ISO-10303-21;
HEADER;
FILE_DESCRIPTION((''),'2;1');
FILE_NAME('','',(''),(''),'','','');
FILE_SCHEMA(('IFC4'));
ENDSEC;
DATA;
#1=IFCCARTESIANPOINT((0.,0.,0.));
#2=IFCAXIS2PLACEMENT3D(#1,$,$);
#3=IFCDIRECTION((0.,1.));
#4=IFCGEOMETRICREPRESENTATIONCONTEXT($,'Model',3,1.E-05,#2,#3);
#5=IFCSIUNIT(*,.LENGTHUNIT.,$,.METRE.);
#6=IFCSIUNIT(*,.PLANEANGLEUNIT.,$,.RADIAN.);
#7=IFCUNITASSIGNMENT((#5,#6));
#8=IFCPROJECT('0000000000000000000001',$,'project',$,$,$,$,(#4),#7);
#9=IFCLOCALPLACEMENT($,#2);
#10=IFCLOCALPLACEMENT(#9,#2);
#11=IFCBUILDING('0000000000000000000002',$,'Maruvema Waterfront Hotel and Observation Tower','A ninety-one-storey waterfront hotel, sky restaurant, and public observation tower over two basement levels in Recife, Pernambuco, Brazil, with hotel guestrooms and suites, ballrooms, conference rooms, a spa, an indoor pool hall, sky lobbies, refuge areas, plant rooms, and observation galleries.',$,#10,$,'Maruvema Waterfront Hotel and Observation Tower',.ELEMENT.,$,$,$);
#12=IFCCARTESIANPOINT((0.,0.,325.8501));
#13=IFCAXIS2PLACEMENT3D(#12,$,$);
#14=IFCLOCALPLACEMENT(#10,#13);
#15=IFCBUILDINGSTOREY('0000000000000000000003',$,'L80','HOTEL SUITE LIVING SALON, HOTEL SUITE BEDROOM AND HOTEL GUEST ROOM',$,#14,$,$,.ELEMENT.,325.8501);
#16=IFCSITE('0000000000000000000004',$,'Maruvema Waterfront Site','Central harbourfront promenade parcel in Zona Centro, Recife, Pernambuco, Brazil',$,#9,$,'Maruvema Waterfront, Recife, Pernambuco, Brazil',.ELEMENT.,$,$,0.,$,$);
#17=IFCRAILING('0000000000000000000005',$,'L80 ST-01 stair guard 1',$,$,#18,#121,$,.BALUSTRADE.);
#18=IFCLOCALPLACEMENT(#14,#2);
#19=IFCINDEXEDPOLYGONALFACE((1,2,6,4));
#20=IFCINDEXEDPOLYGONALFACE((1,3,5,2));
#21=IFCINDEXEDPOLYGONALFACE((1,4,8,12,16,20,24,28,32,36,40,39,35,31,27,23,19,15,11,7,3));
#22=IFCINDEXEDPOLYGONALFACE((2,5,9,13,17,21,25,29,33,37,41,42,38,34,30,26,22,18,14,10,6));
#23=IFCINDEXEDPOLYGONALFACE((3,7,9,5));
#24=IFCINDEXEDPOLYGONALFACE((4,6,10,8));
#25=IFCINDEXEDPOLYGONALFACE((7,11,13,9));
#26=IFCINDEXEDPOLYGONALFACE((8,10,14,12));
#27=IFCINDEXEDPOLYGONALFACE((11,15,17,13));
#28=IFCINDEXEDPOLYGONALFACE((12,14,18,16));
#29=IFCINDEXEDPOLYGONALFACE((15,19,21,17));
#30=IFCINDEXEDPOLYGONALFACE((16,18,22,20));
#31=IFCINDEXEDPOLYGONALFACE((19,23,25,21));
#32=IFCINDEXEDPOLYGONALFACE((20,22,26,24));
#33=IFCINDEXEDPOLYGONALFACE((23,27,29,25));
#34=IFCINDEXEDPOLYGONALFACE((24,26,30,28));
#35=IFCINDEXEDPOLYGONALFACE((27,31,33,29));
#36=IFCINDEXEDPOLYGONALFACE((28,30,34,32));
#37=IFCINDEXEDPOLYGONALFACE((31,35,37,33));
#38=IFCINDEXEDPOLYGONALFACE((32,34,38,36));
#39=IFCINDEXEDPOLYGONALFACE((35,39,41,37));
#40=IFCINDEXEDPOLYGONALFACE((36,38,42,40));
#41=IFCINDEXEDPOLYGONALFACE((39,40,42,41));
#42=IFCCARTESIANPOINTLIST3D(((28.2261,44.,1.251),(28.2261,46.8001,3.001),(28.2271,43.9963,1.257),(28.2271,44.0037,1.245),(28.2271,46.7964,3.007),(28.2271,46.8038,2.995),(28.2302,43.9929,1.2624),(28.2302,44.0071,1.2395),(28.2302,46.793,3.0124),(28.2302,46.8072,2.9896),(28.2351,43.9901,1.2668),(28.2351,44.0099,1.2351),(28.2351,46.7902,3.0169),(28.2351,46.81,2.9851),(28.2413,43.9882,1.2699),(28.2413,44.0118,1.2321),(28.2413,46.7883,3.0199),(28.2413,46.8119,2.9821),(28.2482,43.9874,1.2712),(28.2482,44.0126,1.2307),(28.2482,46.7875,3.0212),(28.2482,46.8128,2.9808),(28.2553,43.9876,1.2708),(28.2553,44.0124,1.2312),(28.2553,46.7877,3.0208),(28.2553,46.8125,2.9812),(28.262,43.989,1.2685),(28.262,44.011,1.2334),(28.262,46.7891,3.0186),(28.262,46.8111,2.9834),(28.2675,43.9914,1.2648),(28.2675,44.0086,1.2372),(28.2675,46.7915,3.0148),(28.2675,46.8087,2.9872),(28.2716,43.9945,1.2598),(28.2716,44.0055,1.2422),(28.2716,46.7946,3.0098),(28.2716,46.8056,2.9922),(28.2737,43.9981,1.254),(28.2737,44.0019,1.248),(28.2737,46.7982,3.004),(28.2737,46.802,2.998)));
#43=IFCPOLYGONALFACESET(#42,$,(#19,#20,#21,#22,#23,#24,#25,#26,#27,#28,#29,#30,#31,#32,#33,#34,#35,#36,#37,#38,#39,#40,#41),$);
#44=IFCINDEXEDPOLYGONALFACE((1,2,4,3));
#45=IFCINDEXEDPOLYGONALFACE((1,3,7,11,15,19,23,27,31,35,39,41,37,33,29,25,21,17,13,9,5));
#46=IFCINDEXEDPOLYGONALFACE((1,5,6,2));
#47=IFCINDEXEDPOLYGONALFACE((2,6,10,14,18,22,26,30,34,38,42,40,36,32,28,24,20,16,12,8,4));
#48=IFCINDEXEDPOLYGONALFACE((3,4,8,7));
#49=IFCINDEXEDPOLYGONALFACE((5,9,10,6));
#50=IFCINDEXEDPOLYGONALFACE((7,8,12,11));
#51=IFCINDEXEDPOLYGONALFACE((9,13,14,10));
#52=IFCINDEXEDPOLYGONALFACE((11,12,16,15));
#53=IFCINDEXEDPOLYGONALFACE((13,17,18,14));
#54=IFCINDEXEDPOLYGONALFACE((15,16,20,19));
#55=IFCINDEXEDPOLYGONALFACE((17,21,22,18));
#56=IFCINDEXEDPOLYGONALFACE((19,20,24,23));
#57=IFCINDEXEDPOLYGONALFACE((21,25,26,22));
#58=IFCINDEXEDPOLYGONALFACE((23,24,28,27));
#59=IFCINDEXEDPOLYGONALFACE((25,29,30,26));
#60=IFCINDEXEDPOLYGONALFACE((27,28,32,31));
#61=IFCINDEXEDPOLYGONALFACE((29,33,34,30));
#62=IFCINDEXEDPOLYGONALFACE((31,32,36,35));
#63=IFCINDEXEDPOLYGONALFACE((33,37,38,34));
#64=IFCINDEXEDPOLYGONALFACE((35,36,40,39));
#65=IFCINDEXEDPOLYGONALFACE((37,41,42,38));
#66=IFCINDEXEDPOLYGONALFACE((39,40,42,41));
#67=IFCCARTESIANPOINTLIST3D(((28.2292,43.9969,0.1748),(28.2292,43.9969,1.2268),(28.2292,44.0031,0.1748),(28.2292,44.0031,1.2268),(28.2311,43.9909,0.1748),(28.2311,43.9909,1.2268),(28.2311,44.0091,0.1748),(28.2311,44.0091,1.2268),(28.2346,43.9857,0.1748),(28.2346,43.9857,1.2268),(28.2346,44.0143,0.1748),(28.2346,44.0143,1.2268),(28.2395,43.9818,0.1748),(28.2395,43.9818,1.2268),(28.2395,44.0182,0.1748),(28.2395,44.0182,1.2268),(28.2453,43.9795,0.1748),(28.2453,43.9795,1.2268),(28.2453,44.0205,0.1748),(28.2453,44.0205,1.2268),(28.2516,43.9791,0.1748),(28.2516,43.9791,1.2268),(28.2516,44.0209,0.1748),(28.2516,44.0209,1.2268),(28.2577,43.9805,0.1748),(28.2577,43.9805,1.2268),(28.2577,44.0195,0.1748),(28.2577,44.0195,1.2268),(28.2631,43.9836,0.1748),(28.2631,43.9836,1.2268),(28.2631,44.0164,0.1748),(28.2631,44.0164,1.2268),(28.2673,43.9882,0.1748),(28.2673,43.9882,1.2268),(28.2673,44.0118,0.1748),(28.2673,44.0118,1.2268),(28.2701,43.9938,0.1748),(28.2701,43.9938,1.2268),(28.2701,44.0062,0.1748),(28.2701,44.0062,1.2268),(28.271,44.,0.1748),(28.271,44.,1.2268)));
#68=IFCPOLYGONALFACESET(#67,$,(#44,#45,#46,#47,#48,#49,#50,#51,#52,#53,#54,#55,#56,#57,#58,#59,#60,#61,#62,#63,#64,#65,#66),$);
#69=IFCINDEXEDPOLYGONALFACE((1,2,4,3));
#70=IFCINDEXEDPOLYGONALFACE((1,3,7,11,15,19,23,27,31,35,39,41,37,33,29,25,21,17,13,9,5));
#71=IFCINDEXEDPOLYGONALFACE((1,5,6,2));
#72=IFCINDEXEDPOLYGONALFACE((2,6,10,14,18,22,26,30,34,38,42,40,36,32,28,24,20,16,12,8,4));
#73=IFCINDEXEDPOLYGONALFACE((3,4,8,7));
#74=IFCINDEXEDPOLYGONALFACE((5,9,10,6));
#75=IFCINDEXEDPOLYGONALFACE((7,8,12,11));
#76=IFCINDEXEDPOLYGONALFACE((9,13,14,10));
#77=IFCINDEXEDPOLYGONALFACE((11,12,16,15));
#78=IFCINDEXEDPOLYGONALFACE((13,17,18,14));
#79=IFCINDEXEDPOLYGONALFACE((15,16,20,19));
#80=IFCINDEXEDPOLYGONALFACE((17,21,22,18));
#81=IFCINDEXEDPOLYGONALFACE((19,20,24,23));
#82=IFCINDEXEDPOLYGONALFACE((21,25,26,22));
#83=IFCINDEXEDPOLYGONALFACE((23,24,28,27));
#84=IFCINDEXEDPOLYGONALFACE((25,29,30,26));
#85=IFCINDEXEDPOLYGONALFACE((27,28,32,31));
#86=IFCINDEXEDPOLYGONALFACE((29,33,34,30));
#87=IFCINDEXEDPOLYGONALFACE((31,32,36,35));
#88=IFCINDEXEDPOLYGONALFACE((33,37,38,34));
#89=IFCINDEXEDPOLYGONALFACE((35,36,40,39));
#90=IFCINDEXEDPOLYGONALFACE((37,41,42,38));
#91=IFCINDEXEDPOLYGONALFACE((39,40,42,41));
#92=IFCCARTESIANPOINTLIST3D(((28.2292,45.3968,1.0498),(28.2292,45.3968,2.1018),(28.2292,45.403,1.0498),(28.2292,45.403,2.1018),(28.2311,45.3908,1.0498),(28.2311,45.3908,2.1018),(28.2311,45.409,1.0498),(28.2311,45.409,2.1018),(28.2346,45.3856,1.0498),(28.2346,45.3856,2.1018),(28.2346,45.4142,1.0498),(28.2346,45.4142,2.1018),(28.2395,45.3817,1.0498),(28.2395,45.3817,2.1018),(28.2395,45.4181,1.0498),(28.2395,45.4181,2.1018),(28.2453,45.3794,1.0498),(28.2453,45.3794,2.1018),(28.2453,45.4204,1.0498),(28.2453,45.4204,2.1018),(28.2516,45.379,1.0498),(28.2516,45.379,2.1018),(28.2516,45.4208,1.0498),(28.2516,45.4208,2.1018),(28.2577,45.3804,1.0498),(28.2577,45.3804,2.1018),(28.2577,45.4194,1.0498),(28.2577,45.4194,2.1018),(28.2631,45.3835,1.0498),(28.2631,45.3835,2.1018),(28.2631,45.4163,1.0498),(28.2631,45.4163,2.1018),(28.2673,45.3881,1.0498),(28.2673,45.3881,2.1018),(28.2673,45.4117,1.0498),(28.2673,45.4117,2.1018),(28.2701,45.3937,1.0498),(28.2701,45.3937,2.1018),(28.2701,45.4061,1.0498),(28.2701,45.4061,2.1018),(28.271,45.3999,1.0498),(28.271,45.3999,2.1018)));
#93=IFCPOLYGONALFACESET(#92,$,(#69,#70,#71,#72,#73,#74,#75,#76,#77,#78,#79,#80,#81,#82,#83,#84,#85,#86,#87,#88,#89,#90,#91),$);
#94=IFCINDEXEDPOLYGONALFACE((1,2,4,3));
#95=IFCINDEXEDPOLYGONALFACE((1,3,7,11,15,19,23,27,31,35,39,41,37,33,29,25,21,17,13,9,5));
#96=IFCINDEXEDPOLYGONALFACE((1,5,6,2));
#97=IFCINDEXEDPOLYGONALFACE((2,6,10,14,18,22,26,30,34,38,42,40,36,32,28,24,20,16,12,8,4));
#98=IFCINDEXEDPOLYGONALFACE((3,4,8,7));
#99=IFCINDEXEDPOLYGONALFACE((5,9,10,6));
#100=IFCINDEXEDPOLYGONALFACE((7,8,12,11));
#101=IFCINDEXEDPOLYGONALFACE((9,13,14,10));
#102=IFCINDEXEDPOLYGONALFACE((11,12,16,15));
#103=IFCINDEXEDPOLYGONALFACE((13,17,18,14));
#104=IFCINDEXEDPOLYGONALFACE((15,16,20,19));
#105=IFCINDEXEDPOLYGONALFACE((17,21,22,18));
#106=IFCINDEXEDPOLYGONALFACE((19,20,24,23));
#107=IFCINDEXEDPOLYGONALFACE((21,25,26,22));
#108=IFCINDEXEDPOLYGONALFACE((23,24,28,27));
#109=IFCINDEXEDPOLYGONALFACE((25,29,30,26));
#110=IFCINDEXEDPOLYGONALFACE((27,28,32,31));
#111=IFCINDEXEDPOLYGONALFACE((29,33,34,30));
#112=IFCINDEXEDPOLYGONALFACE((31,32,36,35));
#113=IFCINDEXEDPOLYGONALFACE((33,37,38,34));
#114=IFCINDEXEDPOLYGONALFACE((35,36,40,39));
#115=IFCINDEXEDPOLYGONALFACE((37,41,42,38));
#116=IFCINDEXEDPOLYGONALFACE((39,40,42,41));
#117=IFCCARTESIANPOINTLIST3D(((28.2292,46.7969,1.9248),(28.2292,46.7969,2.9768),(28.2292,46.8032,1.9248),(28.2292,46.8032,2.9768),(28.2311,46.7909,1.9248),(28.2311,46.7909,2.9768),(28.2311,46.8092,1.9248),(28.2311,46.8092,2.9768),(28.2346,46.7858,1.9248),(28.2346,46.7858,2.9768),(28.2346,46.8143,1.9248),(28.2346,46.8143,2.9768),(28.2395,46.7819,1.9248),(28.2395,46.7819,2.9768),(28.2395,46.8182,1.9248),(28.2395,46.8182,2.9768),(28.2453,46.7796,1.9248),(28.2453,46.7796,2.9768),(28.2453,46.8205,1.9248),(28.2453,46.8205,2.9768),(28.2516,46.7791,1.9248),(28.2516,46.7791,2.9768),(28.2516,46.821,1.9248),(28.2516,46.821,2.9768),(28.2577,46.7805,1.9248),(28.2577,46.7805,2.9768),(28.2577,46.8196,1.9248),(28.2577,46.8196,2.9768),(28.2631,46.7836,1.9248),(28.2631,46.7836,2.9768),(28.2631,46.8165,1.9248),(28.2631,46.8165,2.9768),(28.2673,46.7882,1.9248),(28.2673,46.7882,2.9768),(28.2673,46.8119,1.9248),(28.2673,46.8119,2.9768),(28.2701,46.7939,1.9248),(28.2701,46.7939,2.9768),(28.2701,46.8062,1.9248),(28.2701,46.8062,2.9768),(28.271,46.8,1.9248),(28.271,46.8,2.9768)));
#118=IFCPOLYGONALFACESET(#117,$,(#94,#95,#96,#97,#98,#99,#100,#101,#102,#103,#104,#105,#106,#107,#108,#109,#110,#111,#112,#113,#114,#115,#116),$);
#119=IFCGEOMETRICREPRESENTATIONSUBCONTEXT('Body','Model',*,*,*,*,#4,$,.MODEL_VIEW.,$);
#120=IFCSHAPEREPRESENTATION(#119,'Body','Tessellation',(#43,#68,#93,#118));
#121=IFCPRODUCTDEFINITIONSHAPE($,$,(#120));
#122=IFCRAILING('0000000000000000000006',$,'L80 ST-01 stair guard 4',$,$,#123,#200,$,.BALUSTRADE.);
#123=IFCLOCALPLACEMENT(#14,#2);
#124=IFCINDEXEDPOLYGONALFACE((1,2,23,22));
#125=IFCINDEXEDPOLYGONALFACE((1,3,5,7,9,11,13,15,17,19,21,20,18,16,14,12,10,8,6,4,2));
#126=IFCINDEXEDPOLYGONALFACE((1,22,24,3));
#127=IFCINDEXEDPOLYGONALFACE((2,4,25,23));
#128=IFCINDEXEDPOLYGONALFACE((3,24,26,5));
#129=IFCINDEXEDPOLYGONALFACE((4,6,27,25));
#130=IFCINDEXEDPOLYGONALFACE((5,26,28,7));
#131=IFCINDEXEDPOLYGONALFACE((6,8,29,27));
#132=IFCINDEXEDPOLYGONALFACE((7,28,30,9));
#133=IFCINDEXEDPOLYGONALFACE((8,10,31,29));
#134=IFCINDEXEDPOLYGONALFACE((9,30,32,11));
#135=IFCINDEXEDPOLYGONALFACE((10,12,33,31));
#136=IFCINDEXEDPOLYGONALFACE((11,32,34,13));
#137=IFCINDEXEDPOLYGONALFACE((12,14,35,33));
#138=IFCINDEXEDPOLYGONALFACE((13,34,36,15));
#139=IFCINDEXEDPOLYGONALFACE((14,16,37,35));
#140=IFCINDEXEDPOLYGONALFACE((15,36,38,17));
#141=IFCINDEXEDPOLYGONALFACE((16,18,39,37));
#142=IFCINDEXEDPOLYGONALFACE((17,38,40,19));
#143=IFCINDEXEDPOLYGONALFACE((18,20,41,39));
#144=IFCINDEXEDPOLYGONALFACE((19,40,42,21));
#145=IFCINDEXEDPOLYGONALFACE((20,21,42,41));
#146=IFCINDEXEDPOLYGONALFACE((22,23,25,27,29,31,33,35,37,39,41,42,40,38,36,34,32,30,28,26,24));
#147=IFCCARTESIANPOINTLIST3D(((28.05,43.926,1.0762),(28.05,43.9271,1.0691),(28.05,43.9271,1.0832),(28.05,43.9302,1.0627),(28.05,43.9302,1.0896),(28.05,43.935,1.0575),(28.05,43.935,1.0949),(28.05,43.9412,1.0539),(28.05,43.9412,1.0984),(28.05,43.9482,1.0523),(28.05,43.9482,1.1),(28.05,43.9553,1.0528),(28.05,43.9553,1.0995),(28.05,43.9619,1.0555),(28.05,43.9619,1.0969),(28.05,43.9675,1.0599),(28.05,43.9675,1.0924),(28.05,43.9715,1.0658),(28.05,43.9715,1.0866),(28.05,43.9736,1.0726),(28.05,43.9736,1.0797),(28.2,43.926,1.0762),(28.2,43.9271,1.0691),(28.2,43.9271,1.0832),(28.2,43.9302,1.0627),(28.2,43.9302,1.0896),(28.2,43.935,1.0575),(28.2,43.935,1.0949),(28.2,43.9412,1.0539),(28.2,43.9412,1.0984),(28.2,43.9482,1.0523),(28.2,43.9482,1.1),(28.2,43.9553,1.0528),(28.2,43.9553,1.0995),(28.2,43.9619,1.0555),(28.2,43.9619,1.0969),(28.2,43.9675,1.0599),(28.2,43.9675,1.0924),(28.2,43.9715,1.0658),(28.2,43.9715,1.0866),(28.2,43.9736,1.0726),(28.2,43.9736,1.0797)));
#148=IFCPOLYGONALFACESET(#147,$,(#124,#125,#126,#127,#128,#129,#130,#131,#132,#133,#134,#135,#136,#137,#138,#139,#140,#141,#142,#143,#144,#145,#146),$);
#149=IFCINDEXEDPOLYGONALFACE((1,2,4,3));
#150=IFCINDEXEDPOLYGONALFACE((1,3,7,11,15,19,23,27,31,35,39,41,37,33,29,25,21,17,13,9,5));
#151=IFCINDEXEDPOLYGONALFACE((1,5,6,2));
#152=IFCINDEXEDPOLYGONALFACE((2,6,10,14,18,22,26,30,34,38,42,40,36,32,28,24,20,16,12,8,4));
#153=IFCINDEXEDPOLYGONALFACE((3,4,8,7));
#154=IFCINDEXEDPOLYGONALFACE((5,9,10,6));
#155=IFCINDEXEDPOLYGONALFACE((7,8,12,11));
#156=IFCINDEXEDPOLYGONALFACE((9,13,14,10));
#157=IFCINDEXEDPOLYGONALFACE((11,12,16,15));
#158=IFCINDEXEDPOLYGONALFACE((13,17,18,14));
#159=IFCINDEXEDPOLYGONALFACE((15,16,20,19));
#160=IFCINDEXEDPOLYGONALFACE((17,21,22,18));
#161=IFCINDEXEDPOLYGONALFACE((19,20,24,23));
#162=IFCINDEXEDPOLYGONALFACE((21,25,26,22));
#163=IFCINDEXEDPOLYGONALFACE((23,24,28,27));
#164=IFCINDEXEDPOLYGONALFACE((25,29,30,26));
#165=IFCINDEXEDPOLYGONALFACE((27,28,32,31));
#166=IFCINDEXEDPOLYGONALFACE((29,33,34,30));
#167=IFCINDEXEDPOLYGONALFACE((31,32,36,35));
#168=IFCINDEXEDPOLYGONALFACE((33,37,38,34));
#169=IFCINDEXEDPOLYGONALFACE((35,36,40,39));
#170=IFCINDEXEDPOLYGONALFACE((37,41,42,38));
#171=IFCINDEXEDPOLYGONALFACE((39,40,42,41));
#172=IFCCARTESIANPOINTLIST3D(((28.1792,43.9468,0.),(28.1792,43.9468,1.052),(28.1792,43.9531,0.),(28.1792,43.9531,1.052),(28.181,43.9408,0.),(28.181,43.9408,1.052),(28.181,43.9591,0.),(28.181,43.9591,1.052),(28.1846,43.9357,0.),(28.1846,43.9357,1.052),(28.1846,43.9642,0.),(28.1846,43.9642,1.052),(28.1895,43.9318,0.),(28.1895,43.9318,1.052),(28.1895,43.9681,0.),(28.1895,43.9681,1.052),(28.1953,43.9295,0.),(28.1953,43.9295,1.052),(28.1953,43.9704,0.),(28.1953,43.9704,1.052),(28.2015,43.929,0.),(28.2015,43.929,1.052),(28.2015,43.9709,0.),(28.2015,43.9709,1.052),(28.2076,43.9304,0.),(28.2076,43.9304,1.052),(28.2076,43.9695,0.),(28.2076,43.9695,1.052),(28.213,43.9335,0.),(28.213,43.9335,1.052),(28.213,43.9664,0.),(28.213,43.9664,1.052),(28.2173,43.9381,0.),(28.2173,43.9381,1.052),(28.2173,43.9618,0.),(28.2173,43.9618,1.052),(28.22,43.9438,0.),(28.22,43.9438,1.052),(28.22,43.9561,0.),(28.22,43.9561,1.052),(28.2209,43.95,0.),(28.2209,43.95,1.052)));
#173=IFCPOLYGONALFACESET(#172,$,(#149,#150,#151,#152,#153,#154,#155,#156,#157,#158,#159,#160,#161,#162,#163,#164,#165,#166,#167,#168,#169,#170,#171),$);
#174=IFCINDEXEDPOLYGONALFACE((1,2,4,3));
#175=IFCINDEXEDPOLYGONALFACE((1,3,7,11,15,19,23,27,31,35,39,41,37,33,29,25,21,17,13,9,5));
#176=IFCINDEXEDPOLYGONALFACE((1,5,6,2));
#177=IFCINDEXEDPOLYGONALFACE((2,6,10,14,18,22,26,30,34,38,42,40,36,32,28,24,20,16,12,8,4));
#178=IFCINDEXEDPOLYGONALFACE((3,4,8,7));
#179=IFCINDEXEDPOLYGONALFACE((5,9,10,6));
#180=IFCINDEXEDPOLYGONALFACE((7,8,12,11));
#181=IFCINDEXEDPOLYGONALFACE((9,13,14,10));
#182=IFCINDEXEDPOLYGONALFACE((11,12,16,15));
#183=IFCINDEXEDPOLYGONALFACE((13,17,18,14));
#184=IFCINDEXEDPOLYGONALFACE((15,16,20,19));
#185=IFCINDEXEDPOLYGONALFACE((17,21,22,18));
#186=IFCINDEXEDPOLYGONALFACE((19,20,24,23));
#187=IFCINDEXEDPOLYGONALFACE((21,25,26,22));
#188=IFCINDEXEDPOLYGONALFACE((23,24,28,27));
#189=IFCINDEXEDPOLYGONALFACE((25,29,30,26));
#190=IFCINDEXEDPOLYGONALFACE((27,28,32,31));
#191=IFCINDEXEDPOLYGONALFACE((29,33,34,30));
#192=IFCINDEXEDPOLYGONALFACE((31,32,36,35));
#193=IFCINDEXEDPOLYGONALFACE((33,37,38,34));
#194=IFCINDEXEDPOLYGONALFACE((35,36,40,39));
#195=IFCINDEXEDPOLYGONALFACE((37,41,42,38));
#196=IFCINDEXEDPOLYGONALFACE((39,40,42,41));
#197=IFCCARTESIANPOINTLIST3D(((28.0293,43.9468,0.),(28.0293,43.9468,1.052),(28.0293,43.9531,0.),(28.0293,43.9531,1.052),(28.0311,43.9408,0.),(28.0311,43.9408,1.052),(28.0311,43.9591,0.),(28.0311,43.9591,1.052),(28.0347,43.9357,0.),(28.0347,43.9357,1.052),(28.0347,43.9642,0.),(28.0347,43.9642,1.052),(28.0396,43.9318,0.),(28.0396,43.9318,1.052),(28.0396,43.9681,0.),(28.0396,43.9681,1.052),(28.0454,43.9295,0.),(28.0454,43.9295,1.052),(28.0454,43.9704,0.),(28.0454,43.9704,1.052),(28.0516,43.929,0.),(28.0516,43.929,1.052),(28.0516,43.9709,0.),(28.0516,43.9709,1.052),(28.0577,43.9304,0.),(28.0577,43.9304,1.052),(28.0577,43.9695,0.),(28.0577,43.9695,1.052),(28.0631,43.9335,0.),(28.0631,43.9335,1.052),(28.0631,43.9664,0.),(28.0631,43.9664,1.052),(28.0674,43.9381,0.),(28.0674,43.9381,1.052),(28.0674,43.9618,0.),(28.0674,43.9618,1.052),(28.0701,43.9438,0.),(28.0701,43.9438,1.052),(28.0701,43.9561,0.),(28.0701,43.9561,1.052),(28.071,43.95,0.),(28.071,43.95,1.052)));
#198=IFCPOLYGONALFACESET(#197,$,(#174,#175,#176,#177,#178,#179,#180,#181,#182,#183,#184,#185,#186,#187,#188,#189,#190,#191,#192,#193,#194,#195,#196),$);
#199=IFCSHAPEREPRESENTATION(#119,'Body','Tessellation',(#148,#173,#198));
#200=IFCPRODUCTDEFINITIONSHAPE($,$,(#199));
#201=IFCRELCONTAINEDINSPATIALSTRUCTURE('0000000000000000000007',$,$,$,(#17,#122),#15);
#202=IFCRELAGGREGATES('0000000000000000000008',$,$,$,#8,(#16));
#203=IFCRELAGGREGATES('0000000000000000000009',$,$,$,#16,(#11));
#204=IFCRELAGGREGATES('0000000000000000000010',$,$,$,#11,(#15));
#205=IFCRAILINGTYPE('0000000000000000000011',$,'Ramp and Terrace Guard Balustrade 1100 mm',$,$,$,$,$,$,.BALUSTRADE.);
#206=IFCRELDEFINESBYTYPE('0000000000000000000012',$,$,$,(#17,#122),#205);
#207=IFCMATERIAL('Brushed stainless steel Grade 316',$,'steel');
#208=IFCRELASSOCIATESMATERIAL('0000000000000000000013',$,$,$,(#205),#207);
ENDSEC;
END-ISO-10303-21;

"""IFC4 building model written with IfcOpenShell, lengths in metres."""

from ifc_helpers import new_model, si_unit, direction, frame, origin, origin_2d, place, context, subcontext, project, spatial, circle, extrude, material, type_object, element, save


model = new_model("IFC4")

# Units and contexts
model_context = context("Model", 3, precision=1e-05, world=origin(), true_north=direction((0.0, 1.0)))
body_context = subcontext(model_context, "Body", "Model", "MODEL_VIEW")
ifc_project = project(units=[si_unit("LENGTHUNIT", "METRE"), si_unit("PLANEANGLEUNIT", "RADIAN")], contexts=[model_context])

# Site, building, storey
site_placement = place(None, origin())
site = spatial("IfcSite", under=ifc_project, at=site_placement, Name="Maruvema Waterfront Site", Description="Central harbourfront promenade parcel in Zona Centro, Recife, Pernambuco, Brazil", LongName="Maruvema Waterfront, Recife, Pernambuco, Brazil", CompositionType="ELEMENT", RefElevation=0.0)
building_placement = place(site_placement, origin())
building = spatial("IfcBuilding", under=site, at=building_placement, Name="Maruvema Waterfront Hotel and Observation Tower", Description="A ninety-one-storey waterfront hotel, sky restaurant, and public observation tower over two basement levels in Recife, Pernambuco, Brazil, with hotel guestrooms and suites, ballrooms, conference rooms, a spa, an indoor pool hall, sky lobbies, refuge areas, plant rooms, and observation galleries.", LongName="Maruvema Waterfront Hotel and Observation Tower", CompositionType="ELEMENT")
storey_placement = place(building_placement, frame((0.0, 0.0, 325.8501)))
storey = spatial("IfcBuildingStorey", under=building, at=storey_placement, Name="L80", Description="HOTEL SUITE LIVING SALON, HOTEL SUITE BEDROOM AND HOTEL GUEST ROOM", CompositionType="ELEMENT", Elevation=325.8501)

# Railings
ifc_material_1 = material(Name="Brushed stainless steel Grade 316", Category="steel")
railing_type = type_object("IfcRailingType", Name="Ramp and Terrace Guard Balustrade 1100 mm", PredefinedType="BALUSTRADE", material=ifc_material_1)
railing_1_placement = place(storey_placement, frame((28.25, 44.0, 0.1748)))
element("IfcRailing", 1, at=railing_1_placement, inside=storey, type_object=railing_type, Name="L80 ST-01 stair guard 1", PredefinedType="BALUSTRADE", context=body_context, shape_type="SweptSolid", body=[
    extrude(circle(Radius=0.0239, at=origin_2d()), frame((0.0, 0.0, 1.0762), z_axis=(0.0, 0.848002, 0.529992), x_axis=(-1.0, 0.0, 0.0)), (0.0, 0.0, 1.0), 3.302),
    extrude(circle(Radius=0.021, at=origin_2d()), origin(), (0.0, 0.0, 1.0), 1.052),
    extrude(circle(Radius=0.021, at=origin_2d()), frame((0.0, 1.3999, 0.875)), (0.0, 0.0, 1.0), 1.052),
    extrude(circle(Radius=0.021, at=origin_2d()), frame((0.0, 2.8, 1.75)), (0.0, 0.0, 1.0), 1.052),
])
railing_2_placement = place(storey_placement, frame((28.2, 43.95, 0.0)))
element("IfcRailing", 2, at=railing_2_placement, inside=storey, type_object=railing_type, Name="L80 ST-01 stair guard 4", PredefinedType="BALUSTRADE", context=body_context, shape_type="SweptSolid", body=[
    extrude(circle(Radius=0.0239, at=origin_2d()), frame((0.0, 0.0, 1.0762), z_axis=(-1.0, 0.0, 0.0), x_axis=(0.0, -1.0, 0.0)), (0.0, 0.0, 1.0), 0.1499),
    extrude(circle(Radius=0.021, at=origin_2d()), origin(), (0.0, 0.0, 1.0), 1.052),
    extrude(circle(Radius=0.021, at=origin_2d()), frame((-0.1499, 0.0, 0.0)), (0.0, 0.0, 1.0), 1.052),
])

save(model, "model.ifc")
